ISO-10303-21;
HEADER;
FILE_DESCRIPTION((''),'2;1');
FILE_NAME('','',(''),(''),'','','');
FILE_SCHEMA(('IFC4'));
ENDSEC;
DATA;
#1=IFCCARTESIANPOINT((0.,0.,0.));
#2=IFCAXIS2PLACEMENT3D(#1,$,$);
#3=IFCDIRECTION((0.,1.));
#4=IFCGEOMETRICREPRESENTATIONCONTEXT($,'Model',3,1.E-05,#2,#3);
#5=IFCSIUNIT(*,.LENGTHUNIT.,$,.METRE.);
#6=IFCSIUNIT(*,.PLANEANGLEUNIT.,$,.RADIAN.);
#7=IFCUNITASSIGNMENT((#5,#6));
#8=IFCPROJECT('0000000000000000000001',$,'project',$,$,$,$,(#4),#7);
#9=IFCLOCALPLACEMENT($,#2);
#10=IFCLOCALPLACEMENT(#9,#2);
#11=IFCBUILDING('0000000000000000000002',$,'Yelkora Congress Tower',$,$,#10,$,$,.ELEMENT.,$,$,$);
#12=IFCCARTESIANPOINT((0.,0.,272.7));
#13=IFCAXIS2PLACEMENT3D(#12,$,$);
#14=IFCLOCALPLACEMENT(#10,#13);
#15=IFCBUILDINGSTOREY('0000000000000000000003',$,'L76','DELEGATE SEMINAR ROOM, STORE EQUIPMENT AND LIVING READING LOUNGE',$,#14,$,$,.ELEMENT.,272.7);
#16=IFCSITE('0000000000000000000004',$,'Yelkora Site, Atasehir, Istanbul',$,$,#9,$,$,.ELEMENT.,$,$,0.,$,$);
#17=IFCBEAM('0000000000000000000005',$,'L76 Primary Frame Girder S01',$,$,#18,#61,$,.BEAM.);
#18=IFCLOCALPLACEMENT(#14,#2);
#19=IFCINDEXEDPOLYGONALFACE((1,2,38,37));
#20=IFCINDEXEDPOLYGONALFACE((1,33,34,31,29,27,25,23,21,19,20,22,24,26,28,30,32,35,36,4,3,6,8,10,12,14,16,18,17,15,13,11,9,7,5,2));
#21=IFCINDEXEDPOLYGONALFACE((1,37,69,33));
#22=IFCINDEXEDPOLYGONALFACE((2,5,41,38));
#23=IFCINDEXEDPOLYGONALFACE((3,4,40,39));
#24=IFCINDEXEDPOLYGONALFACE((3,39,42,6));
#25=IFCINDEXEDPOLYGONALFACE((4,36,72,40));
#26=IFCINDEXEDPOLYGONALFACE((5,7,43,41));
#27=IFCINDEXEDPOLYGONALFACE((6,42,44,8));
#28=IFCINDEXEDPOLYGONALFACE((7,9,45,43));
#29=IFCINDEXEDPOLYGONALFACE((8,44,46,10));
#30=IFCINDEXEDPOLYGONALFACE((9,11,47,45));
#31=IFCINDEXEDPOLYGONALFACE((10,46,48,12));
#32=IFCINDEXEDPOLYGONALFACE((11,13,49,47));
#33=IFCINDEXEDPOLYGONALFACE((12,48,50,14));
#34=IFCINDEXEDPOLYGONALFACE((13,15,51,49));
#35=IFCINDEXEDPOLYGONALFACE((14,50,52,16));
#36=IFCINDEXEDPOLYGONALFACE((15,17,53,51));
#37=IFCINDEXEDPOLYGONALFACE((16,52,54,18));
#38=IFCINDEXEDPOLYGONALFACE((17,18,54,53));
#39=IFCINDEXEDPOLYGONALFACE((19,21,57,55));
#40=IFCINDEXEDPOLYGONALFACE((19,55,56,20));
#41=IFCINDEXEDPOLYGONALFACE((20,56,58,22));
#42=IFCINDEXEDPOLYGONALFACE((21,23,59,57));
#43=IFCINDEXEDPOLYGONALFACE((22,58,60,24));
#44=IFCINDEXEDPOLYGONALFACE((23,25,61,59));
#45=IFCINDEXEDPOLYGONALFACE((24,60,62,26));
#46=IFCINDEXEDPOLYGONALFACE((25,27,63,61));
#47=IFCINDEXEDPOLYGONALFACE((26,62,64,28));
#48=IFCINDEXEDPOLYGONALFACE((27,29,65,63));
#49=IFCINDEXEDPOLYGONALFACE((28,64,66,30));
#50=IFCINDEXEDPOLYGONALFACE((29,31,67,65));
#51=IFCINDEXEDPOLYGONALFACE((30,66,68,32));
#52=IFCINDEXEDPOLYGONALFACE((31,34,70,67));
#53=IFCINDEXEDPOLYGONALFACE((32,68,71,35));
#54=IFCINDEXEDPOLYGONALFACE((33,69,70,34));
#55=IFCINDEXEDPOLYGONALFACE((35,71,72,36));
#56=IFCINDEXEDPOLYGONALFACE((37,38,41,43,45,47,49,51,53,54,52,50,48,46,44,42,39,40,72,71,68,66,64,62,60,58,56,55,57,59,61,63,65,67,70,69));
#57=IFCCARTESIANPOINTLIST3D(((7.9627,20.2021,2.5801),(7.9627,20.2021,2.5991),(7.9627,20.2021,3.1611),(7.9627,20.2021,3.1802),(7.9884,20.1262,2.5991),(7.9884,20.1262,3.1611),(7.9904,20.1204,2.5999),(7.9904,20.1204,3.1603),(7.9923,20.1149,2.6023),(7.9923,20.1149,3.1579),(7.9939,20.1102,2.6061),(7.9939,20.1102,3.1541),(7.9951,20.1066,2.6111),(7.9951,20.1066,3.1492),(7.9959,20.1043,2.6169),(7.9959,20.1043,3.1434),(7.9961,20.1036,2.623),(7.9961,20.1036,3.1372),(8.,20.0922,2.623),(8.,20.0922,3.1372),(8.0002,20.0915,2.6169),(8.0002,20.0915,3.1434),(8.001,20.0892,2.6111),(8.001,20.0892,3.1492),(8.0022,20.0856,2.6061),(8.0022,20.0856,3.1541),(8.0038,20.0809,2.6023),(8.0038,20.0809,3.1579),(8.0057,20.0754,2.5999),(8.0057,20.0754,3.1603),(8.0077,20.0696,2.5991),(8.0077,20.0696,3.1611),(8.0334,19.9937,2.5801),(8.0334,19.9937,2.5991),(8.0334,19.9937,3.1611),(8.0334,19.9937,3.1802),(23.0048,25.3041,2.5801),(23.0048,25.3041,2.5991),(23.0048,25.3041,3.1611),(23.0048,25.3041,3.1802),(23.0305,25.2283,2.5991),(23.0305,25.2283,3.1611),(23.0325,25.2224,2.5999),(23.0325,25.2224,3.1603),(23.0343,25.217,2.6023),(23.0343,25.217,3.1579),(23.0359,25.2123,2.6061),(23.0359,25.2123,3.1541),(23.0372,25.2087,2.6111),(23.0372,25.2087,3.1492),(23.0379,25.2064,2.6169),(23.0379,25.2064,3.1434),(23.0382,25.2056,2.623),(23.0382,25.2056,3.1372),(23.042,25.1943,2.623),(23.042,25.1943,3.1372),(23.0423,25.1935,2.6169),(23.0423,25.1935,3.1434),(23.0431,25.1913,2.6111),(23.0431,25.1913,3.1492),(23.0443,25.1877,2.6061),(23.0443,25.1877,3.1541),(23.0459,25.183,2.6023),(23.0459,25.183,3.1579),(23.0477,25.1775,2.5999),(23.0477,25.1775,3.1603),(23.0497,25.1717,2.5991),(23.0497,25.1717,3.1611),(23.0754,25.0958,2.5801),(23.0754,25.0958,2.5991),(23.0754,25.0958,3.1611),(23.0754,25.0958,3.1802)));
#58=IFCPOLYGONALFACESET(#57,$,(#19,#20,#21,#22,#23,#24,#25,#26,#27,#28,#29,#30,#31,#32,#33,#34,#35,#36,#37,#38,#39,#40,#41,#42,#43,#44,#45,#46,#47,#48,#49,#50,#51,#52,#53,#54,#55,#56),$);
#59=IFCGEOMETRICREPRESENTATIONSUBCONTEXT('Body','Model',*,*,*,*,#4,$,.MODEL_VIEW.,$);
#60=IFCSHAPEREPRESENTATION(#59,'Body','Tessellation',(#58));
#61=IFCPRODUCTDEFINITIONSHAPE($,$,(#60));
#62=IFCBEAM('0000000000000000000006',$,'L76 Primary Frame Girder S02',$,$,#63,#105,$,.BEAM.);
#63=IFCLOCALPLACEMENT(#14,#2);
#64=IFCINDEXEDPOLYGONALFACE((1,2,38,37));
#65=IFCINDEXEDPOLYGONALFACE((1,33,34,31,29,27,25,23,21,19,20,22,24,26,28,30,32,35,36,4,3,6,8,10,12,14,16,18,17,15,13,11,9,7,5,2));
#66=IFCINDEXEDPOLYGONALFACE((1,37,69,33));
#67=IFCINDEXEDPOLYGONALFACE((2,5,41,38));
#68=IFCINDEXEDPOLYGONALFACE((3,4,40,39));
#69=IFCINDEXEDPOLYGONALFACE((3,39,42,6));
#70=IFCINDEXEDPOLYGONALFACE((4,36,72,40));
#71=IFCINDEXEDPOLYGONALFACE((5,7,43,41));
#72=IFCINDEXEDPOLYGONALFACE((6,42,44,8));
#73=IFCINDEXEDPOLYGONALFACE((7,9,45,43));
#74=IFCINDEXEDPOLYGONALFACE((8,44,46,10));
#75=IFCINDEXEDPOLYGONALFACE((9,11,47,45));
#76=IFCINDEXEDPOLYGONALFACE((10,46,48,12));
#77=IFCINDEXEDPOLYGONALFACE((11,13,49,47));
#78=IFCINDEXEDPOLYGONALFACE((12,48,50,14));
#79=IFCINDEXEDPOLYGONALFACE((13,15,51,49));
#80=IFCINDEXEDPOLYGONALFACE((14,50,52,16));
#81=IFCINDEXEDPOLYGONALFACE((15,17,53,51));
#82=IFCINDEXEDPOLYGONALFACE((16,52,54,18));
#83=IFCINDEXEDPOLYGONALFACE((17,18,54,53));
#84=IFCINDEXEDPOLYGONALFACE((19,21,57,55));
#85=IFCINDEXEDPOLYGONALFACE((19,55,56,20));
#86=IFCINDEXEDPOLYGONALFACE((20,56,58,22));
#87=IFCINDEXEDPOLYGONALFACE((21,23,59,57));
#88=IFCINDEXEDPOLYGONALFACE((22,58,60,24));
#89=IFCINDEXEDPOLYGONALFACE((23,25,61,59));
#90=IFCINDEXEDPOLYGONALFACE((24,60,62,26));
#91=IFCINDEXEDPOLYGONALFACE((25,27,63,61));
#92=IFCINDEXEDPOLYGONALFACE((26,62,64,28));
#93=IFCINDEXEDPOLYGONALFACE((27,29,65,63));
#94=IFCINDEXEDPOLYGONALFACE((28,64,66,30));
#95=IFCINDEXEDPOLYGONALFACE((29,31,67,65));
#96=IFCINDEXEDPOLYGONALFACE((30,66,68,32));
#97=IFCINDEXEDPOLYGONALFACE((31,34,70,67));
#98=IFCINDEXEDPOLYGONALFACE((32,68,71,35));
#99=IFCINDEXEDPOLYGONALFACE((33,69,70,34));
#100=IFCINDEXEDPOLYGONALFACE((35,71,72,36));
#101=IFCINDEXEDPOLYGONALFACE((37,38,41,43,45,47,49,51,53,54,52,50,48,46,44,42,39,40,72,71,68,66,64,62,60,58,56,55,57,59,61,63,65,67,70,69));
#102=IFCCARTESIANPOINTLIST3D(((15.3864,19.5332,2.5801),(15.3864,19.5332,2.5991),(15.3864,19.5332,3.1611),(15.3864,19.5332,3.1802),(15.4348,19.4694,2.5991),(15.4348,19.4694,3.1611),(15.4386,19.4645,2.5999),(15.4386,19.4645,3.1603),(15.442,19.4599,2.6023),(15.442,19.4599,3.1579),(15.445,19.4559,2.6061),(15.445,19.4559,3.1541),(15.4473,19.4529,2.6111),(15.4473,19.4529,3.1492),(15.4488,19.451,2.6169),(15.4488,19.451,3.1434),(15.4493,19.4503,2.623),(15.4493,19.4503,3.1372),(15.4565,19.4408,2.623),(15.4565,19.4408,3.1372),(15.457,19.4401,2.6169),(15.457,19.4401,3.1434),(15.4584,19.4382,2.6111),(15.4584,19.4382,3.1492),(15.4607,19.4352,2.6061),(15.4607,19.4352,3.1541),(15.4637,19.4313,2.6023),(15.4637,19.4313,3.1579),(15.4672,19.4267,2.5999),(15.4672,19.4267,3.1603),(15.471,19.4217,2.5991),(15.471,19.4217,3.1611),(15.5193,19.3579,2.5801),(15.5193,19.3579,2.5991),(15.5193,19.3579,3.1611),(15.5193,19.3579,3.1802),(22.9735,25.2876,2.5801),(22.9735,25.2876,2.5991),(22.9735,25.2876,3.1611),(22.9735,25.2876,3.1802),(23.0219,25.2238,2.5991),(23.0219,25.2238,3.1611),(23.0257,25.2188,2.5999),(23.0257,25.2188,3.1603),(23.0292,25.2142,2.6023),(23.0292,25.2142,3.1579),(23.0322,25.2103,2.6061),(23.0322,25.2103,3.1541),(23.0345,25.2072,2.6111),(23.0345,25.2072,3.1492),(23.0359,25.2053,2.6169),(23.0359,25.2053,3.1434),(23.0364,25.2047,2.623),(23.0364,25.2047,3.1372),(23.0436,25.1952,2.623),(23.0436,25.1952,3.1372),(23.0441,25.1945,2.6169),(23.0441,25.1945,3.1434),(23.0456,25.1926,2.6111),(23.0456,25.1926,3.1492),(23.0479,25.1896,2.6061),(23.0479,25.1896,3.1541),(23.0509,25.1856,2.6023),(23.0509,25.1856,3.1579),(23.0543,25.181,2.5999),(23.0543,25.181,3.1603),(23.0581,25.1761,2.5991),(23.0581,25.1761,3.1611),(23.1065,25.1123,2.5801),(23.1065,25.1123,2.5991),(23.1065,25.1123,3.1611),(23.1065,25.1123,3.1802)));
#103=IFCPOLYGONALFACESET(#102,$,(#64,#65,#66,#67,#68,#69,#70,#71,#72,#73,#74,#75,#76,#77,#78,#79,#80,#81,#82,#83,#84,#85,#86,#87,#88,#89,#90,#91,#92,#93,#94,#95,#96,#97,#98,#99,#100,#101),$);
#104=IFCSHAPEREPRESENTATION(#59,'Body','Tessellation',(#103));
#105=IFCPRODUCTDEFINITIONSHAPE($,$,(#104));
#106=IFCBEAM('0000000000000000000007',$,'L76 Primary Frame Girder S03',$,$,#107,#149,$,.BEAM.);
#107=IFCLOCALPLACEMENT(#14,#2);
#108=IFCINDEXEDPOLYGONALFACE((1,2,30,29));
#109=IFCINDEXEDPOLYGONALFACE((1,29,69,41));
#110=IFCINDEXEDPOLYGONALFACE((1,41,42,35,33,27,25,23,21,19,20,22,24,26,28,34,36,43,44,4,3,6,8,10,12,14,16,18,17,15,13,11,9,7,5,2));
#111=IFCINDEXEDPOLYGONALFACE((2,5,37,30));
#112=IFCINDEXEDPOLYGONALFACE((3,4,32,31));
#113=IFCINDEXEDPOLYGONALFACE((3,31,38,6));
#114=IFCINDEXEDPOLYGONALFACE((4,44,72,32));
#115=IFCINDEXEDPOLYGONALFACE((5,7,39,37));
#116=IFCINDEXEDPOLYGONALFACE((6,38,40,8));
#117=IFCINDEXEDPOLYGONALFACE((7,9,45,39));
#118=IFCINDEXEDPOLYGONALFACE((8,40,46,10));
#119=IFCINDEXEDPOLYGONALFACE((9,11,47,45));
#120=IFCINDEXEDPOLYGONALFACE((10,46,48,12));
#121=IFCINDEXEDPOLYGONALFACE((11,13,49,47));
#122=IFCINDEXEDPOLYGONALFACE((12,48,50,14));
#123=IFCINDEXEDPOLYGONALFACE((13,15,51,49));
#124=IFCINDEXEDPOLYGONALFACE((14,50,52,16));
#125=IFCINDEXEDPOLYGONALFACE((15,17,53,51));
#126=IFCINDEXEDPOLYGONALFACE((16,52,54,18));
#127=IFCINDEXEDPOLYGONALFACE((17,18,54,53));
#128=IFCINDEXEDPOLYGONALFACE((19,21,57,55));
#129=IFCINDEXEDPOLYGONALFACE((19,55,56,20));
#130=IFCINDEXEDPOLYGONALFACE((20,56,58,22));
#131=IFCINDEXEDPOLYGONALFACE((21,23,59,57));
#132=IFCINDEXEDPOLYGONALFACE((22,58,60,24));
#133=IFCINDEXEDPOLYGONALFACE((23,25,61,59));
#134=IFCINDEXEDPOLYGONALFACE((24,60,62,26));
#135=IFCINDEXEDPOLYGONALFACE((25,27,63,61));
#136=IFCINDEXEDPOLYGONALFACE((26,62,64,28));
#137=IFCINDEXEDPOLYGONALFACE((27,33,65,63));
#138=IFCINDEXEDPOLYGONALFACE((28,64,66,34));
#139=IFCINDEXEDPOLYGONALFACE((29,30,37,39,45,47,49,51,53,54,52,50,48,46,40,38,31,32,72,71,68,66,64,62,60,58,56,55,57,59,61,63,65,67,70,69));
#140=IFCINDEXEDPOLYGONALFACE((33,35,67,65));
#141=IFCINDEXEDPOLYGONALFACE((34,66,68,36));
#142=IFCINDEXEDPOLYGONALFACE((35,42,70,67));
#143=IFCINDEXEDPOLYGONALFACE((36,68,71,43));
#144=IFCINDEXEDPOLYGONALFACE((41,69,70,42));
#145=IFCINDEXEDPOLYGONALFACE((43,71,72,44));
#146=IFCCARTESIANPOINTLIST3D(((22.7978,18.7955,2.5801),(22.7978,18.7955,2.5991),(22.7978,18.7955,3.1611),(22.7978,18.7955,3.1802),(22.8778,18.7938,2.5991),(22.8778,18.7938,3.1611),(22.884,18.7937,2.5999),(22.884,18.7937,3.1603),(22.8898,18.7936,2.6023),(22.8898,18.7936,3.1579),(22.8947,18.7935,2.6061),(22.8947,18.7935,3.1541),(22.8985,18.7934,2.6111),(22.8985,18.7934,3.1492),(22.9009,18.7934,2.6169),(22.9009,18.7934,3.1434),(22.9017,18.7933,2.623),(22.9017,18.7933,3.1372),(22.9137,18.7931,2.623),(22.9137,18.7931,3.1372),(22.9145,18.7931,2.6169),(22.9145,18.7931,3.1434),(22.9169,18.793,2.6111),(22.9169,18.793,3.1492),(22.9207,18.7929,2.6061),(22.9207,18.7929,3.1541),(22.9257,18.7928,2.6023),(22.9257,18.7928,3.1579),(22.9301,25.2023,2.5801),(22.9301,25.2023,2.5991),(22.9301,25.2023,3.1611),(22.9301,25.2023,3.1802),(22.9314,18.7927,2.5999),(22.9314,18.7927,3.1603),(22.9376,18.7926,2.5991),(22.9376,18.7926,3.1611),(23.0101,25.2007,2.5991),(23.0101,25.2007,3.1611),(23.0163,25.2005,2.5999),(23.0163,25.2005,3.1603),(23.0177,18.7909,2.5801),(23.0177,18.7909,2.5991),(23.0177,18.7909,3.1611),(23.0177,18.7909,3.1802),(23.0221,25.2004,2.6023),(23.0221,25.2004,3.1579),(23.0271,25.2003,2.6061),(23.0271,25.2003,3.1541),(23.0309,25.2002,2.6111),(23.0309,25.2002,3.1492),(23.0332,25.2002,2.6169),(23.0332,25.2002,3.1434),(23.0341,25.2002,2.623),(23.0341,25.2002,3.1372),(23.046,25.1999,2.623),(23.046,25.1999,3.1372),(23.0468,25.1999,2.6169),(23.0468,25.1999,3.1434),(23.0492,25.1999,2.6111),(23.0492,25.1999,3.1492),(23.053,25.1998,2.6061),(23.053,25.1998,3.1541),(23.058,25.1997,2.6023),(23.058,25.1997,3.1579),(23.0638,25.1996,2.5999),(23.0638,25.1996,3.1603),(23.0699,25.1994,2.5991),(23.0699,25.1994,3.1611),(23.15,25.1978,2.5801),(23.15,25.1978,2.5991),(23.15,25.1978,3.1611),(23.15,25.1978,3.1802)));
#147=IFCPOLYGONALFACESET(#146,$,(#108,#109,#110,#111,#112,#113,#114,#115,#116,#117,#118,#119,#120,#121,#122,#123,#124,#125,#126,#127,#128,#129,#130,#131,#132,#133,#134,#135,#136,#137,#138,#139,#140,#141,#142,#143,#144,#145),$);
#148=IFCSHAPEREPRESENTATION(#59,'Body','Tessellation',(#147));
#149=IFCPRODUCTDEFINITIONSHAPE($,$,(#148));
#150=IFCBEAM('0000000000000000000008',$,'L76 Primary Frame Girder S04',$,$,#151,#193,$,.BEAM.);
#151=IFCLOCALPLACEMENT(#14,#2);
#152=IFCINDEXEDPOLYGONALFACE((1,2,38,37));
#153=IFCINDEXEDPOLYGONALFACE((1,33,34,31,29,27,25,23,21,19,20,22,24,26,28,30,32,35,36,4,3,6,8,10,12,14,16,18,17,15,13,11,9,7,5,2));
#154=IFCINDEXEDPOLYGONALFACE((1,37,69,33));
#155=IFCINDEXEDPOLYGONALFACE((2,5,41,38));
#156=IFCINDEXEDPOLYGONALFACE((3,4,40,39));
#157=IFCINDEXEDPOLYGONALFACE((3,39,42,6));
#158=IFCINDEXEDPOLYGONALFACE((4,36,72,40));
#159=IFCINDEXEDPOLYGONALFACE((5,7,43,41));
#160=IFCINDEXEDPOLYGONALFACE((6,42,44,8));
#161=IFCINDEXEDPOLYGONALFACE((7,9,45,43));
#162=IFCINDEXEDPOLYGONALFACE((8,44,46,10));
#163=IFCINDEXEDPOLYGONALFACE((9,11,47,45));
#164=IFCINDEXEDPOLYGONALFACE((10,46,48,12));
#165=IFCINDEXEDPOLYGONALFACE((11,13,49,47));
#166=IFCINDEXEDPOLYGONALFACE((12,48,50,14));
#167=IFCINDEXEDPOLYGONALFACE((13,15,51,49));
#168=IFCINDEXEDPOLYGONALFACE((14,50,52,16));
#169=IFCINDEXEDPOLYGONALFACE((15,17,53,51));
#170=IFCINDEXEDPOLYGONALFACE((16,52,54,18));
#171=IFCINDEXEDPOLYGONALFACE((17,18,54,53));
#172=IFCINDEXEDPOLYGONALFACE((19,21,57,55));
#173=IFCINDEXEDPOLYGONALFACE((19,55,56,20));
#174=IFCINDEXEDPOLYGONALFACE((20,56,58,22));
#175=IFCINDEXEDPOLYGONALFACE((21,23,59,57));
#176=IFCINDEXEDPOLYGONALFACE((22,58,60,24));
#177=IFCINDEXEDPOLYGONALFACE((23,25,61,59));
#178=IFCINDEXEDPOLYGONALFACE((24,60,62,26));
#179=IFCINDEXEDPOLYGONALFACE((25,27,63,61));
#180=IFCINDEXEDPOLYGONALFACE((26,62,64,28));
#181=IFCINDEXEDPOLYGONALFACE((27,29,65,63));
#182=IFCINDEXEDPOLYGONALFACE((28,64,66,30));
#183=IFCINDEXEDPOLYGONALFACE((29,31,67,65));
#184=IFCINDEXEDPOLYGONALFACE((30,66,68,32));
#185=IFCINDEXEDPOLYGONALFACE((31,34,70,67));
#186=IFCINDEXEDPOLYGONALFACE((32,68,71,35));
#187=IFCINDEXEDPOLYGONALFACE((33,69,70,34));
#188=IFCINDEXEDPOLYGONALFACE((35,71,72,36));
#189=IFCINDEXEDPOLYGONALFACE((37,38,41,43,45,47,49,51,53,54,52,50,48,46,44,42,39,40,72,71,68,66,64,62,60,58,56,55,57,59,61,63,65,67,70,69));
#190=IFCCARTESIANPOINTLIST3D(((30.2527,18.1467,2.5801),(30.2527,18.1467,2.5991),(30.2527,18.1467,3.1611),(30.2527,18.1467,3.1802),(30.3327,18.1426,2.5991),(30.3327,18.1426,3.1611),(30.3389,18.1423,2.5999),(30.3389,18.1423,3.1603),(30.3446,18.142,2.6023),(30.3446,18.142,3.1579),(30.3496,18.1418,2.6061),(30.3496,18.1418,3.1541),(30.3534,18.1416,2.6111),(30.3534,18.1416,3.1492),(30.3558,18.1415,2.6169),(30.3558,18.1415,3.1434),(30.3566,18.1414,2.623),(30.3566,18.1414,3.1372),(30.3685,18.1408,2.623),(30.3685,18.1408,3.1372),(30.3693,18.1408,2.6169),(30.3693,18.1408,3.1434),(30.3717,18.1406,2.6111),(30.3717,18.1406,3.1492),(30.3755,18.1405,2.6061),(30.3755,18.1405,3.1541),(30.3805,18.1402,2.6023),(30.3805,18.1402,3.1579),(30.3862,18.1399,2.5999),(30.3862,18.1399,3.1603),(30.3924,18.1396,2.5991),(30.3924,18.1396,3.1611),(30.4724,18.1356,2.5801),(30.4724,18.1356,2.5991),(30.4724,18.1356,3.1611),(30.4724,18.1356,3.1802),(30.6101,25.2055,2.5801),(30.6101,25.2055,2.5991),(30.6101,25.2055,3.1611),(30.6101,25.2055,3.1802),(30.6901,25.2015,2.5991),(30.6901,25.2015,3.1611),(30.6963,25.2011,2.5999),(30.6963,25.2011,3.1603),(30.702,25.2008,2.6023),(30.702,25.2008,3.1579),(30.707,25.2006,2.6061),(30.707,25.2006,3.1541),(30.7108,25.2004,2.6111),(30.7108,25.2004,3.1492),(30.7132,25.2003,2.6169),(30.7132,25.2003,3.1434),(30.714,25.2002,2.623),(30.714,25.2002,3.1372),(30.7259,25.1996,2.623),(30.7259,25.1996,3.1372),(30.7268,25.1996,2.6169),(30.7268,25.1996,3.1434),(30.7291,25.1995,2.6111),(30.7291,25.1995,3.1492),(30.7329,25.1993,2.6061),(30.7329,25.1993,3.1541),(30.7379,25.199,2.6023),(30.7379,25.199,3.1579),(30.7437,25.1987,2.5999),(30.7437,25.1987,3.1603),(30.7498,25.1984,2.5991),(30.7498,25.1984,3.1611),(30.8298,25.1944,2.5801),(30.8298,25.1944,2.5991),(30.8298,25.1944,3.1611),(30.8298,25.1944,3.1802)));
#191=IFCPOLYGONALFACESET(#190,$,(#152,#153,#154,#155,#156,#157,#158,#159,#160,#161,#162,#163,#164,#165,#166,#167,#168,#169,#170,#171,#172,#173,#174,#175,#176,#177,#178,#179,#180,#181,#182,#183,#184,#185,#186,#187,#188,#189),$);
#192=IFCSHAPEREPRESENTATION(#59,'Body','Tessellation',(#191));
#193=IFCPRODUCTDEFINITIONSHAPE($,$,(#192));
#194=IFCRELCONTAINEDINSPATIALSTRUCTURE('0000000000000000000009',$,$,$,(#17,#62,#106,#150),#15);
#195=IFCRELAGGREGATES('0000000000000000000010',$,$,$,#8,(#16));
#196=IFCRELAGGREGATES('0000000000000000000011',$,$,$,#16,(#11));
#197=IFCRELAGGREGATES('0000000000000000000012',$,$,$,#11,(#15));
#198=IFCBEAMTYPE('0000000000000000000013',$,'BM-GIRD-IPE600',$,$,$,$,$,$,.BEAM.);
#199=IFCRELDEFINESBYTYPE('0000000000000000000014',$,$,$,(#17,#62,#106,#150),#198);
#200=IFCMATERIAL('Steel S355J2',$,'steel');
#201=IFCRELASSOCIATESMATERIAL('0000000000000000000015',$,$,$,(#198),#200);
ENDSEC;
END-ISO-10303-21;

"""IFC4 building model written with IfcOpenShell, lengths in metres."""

from ifc_helpers import new_model, si_unit, direction, frame, origin, origin_2d, place, context, subcontext, project, spatial, i_section, extrude, material, material_profile, profile_set, type_object, element, save


model = new_model("IFC4")

# Units and contexts
model_context = context("Model", 3, precision=1e-05, world=origin(), true_north=direction((0.0, 1.0)))
body_context = subcontext(model_context, "Body", "Model", "MODEL_VIEW")
ifc_project = project(units=[si_unit("LENGTHUNIT", "METRE"), si_unit("PLANEANGLEUNIT", "RADIAN")], contexts=[model_context])

# Site, building, storey
site_placement = place(None, origin())
site = spatial("IfcSite", under=ifc_project, at=site_placement, Name="Yelkora Site, Atasehir, Istanbul", CompositionType="ELEMENT", RefElevation=0.0)
building_placement = place(site_placement, origin())
building = spatial("IfcBuilding", under=site, at=building_placement, Name="Yelkora Congress Tower", CompositionType="ELEMENT")
storey_placement = place(building_placement, frame((0.0, 0.0, 272.7)))
storey = spatial("IfcBuildingStorey", under=building, at=storey_placement, Name="L76", Description="DELEGATE SEMINAR ROOM, STORE EQUIPMENT AND LIVING READING LOUNGE", CompositionType="ELEMENT", Elevation=272.7)

# Shared definitions
ifc_material_1 = material(Name="Steel S355J2", Category="steel")

# Beams
ifc_material_profile_1 = material_profile(ifc_material_1, i_section(OverallWidth=0.22, OverallDepth=0.6001, WebThickness=0.012, FlangeThickness=0.019, FilletRadius=0.0239, at=origin_2d()), Name="IPE 600")
ifc_profile_set_1 = profile_set([ifc_material_profile_1], Name="Steel S355J2")
beam_type_1 = type_object("IfcBeamType", Name="BM-GIRD-IPE600", PredefinedType="BEAM", material=ifc_profile_set_1)
beam_1_placement = place(storey_placement, frame((7.998, 20.0979, 2.8801), z_axis=(0.947007, 0.321213, 0.0), x_axis=(-0.321213, 0.947007, 0.0)))
element("IfcBeam", 1, at=beam_1_placement, inside=storey, type_object=beam_type_1, Name="L76 Primary Frame Girder S01", PredefinedType="BEAM", context=body_context, shape_type="SweptSolid", body=[
    extrude(i_section(OverallWidth=0.22, OverallDepth=0.6001, WebThickness=0.012, FlangeThickness=0.019, FilletRadius=0.0239, at=origin_2d()), origin(), (0.0, 0.0, 1.0), 15.8838),
])
beam_2_placement = place(storey_placement, frame((15.4529, 19.4456, 2.8801), z_axis=(0.796761, 0.604294, 0.0), x_axis=(-0.604294, 0.796761, 0.0)))
element("IfcBeam", 2, at=beam_2_placement, inside=storey, type_object=beam_type_1, Name="L76 Primary Frame Girder S02", PredefinedType="BEAM", context=body_context, shape_type="SweptSolid", body=[
    extrude(i_section(OverallWidth=0.22, OverallDepth=0.6001, WebThickness=0.012, FlangeThickness=0.019, FilletRadius=0.0239, at=origin_2d()), origin(), (0.0, 0.0, 1.0), 9.5225),
])
beam_3_placement = place(storey_placement, frame((22.9077, 18.7932, 2.8801), z_axis=(0.02065, 0.999787, 0.0), x_axis=(-0.999787, 0.02065, 0.0)))
element("IfcBeam", 3, at=beam_3_placement, inside=storey, type_object=beam_type_1, Name="L76 Primary Frame Girder S03", PredefinedType="BEAM", context=body_context, shape_type="SweptSolid", body=[
    extrude(i_section(OverallWidth=0.22, OverallDepth=0.6001, WebThickness=0.012, FlangeThickness=0.019, FilletRadius=0.0239, at=origin_2d()), origin(), (0.0, 0.0, 1.0), 6.4082),
])
beam_4_placement = place(storey_placement, frame((30.3625, 18.1411, 2.8801), z_axis=(0.05057, 0.998721, 0.0), x_axis=(-0.998721, 0.05057, 0.0)))
element("IfcBeam", 4, at=beam_4_placement, inside=storey, type_object=beam_type_1, Name="L76 Primary Frame Girder S04", PredefinedType="BEAM", context=body_context, shape_type="SweptSolid", body=[
    extrude(i_section(OverallWidth=0.22, OverallDepth=0.6001, WebThickness=0.012, FlangeThickness=0.019, FilletRadius=0.0239, at=origin_2d()), origin(), (0.0, 0.0, 1.0), 7.0679),
])

save(model, "model.ifc")
